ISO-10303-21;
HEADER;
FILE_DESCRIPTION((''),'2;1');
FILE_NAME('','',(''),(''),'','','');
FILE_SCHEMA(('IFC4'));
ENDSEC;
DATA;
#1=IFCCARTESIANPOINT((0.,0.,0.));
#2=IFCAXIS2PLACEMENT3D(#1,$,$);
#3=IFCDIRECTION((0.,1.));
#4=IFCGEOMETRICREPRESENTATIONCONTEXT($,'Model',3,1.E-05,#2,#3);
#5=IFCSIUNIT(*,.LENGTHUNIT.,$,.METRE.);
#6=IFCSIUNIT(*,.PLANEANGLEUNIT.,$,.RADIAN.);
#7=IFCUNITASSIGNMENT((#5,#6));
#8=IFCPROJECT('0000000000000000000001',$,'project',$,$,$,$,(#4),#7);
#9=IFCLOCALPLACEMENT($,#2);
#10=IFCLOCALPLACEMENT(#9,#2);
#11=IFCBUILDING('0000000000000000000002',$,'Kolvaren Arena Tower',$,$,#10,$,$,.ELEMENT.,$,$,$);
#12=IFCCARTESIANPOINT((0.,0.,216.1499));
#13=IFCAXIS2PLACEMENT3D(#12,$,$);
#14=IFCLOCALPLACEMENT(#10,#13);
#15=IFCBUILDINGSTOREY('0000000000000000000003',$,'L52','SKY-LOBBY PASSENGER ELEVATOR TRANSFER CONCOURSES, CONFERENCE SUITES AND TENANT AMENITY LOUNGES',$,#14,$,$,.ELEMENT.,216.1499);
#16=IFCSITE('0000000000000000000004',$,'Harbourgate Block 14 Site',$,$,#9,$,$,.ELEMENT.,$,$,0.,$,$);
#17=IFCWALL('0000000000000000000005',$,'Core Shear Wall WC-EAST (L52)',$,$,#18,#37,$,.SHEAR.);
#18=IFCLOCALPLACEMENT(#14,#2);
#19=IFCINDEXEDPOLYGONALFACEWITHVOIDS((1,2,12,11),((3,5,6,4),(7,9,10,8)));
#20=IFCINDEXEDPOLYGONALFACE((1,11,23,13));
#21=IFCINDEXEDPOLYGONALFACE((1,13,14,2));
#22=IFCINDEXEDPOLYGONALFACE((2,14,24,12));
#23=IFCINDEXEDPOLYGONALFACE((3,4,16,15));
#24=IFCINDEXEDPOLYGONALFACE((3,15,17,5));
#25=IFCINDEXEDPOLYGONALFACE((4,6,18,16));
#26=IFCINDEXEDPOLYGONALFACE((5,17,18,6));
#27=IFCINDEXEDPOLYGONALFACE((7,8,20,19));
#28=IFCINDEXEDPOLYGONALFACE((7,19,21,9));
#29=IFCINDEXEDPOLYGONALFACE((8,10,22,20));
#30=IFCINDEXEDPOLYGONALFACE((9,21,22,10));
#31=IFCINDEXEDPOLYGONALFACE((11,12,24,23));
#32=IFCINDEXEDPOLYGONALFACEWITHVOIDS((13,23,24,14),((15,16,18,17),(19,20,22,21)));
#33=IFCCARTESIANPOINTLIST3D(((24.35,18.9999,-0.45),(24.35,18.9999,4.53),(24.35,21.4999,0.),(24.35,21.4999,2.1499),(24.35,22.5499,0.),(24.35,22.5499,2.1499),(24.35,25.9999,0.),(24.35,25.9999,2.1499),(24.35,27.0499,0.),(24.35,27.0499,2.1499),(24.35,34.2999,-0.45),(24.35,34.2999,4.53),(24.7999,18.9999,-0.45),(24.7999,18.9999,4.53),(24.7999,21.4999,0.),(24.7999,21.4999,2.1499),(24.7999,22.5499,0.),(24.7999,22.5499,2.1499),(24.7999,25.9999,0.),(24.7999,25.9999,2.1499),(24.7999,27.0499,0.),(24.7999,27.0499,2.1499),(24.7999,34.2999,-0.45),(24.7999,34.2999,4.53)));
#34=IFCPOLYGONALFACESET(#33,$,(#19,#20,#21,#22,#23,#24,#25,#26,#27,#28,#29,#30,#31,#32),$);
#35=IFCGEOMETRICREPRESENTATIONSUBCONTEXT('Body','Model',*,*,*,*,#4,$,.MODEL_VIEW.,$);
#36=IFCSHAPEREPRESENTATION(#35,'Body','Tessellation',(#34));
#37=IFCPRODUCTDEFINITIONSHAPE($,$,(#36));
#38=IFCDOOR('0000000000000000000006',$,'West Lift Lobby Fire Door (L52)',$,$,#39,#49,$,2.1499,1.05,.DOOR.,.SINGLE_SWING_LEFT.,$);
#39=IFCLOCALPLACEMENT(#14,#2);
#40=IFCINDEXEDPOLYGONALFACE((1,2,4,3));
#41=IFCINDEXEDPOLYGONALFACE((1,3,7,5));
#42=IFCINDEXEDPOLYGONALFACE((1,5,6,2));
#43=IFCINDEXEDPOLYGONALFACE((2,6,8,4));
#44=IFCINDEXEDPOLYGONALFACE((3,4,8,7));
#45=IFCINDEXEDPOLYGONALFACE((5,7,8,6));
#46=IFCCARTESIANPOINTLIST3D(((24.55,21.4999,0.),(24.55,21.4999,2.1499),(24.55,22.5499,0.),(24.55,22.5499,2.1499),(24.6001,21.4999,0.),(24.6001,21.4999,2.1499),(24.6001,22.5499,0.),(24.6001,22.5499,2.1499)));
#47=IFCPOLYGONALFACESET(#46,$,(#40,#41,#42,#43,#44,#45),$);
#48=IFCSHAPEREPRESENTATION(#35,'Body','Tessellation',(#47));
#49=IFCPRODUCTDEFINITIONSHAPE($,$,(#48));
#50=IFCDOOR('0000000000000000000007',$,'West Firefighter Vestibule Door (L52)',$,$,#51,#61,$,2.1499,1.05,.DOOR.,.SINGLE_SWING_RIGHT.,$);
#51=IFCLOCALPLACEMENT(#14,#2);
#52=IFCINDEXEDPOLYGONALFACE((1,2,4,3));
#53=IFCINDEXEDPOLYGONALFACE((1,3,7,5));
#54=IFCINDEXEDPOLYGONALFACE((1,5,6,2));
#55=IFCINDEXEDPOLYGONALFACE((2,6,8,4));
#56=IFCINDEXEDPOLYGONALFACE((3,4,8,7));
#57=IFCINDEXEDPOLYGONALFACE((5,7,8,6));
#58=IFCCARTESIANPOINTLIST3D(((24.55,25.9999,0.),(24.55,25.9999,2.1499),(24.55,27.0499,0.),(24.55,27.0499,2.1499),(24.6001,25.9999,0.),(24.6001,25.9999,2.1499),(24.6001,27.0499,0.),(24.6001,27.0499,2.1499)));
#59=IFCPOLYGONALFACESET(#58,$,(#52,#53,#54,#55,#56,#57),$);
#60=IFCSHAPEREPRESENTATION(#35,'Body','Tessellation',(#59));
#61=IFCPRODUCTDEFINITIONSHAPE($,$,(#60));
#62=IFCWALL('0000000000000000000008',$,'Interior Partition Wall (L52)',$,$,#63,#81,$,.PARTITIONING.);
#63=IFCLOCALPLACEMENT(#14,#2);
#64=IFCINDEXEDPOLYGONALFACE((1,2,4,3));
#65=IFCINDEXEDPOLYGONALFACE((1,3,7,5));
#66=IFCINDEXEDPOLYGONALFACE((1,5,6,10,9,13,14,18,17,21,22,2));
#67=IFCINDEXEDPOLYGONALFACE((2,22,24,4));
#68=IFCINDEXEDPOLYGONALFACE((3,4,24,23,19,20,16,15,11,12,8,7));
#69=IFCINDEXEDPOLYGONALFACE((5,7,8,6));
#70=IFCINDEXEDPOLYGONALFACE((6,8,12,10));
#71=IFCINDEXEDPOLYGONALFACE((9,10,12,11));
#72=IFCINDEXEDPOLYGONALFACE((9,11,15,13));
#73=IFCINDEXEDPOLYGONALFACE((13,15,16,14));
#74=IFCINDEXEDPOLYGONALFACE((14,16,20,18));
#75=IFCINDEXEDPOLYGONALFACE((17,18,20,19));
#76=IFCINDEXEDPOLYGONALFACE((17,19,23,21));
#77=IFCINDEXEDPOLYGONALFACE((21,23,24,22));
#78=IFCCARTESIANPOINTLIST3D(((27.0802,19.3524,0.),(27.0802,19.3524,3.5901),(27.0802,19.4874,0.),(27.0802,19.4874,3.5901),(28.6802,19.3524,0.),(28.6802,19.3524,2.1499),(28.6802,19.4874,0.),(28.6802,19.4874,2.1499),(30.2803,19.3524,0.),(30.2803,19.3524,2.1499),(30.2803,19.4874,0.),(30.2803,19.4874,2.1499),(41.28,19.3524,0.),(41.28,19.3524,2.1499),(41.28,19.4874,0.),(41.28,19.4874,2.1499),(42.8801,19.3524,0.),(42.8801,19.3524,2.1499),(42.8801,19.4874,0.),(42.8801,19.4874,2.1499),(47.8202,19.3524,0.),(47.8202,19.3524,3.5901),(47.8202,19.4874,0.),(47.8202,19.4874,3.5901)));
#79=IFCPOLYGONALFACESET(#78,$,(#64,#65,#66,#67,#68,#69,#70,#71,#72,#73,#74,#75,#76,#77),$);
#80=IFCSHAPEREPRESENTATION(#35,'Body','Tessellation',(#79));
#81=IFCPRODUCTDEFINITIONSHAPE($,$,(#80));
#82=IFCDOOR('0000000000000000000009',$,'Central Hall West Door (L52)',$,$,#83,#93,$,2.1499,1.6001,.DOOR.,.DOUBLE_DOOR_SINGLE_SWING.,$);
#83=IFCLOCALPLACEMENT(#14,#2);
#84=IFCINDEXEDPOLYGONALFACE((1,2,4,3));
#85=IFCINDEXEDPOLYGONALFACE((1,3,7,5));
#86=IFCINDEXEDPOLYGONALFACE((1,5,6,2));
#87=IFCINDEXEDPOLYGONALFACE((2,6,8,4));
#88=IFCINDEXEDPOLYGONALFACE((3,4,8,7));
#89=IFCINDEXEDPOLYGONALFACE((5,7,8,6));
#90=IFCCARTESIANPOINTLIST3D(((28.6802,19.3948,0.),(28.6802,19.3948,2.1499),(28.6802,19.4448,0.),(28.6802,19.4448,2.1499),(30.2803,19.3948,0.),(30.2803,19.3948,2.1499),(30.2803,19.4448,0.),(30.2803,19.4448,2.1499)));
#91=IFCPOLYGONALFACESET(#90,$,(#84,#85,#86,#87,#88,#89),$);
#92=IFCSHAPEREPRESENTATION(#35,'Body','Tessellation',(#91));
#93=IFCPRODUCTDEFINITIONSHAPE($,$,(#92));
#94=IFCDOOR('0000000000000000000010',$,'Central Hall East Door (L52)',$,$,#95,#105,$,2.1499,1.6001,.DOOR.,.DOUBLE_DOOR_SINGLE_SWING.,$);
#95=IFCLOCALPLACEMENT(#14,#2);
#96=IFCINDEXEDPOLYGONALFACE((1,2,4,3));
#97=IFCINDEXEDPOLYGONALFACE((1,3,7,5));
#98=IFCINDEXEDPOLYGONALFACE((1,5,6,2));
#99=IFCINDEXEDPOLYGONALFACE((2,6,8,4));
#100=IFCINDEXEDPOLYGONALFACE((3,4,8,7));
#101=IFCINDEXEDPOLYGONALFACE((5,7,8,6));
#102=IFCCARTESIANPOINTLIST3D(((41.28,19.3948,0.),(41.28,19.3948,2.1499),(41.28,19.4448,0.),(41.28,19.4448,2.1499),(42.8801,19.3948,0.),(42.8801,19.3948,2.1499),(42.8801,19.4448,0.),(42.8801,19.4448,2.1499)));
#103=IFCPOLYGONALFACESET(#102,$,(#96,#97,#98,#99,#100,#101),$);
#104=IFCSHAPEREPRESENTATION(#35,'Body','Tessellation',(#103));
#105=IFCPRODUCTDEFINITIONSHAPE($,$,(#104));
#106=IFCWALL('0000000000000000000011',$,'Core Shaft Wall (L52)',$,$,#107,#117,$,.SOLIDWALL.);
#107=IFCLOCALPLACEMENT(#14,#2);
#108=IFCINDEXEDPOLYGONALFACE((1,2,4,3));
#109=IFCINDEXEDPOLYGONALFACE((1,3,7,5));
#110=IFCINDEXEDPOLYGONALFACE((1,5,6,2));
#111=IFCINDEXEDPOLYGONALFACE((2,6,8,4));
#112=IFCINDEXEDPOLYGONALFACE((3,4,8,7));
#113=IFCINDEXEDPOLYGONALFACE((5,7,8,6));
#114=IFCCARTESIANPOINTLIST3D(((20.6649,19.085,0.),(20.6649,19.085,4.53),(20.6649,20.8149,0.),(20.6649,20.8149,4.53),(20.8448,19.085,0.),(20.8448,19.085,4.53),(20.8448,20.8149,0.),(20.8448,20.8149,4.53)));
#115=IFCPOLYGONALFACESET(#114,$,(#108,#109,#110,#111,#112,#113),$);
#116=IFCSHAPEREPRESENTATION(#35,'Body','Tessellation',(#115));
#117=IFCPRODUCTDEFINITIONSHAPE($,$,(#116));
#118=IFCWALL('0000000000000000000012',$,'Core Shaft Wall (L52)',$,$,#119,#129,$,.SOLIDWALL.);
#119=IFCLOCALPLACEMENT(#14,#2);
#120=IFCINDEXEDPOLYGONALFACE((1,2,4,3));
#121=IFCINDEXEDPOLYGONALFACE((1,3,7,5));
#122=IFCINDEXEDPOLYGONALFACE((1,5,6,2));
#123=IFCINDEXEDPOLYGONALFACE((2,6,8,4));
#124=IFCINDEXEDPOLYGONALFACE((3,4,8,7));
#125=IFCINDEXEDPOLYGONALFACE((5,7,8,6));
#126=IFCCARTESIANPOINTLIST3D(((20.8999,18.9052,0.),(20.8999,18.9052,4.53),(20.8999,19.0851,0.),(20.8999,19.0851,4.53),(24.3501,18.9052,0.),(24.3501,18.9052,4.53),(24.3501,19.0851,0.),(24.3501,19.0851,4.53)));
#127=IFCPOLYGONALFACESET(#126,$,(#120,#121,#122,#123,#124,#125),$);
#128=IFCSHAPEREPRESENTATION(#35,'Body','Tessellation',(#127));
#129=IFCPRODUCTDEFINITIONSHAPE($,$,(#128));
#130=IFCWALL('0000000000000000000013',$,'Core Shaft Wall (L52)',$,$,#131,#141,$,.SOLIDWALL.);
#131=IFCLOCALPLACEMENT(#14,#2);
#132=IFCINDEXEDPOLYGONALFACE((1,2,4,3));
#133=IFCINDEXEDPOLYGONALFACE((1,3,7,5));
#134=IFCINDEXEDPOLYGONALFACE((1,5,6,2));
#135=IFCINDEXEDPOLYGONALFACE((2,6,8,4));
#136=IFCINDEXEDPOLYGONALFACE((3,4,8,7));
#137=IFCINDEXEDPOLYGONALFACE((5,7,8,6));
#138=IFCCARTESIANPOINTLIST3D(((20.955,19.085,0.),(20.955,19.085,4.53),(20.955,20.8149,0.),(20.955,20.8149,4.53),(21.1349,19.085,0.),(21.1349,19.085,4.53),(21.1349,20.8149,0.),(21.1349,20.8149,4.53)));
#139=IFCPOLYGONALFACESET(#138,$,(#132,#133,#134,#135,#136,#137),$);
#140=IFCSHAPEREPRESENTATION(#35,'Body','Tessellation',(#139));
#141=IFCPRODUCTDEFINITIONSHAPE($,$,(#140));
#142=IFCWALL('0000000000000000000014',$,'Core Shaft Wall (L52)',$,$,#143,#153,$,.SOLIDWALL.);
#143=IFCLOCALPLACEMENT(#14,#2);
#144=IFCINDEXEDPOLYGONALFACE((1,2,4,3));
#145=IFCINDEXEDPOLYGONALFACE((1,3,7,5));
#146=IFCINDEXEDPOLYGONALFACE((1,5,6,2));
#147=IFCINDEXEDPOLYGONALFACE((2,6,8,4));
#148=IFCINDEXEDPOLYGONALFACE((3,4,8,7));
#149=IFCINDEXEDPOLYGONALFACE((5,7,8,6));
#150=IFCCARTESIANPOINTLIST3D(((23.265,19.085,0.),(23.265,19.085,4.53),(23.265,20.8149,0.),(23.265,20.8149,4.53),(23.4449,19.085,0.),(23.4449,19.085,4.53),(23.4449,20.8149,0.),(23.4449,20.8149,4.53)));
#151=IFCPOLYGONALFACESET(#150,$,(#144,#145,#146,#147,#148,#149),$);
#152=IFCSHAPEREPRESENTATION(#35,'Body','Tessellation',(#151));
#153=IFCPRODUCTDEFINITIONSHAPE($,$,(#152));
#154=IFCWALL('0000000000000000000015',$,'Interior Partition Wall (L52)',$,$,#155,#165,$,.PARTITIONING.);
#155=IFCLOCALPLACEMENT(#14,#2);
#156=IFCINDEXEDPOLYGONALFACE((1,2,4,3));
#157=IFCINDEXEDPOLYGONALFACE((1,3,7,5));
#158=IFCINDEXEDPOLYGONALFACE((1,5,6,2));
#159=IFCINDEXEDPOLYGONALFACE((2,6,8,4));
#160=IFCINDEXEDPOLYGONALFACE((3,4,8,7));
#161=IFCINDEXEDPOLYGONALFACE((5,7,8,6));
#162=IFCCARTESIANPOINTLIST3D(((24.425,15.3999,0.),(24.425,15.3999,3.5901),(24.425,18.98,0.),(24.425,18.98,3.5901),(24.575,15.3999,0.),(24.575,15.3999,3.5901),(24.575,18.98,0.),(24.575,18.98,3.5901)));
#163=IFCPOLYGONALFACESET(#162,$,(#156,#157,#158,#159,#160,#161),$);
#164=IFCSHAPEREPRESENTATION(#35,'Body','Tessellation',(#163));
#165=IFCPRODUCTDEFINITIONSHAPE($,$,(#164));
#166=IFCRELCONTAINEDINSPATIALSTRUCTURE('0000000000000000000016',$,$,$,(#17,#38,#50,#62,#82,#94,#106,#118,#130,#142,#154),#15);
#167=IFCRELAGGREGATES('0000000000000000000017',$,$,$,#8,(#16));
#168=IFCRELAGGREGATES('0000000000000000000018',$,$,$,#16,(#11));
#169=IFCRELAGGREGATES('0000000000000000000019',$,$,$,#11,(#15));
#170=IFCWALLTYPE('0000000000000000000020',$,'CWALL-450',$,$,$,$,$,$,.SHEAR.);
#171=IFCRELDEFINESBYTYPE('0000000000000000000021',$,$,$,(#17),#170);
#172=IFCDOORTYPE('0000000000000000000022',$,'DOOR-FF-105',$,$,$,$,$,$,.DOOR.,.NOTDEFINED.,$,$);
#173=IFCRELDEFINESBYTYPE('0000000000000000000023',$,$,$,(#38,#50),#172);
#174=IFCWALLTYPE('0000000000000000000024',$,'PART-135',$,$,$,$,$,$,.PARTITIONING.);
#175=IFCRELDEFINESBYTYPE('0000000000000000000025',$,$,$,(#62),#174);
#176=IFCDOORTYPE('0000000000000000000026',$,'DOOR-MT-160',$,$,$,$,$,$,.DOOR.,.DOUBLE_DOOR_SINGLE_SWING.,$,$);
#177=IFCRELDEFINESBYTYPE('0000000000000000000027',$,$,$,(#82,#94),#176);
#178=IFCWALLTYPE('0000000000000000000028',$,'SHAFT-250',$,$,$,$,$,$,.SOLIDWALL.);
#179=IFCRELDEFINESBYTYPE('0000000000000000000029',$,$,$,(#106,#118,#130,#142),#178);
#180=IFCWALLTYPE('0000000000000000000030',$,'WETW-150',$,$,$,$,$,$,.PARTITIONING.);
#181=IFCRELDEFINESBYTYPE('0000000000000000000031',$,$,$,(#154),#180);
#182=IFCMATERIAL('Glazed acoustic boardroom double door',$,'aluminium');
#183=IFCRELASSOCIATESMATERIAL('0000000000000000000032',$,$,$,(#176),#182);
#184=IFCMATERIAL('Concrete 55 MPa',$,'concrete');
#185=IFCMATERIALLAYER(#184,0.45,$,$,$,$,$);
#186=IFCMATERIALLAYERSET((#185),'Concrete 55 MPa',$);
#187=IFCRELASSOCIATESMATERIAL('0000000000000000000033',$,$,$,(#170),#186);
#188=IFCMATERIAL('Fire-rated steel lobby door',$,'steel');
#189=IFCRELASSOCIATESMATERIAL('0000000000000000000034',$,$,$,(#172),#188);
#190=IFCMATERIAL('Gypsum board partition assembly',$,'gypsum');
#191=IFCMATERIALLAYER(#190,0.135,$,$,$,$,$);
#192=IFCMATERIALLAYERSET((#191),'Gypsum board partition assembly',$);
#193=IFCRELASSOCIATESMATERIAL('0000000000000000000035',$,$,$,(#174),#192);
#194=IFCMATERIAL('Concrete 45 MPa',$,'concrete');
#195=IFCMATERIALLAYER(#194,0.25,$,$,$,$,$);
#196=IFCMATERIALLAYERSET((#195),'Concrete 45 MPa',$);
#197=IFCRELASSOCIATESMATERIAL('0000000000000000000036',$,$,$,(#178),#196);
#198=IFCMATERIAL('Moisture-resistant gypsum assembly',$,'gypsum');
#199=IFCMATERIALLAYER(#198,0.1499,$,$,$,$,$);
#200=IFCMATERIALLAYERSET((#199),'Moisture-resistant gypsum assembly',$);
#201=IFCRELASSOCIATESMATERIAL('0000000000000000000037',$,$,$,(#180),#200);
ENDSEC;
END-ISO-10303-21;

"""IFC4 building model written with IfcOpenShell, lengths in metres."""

from ifc_helpers import new_model, si_unit, direction, frame, frame_2d, origin, place, context, subcontext, project, spatial, rectangle, extrude, material, layer, layer_set, type_object, element, fill, save


model = new_model("IFC4")

# Units and contexts
model_context = context("Model", 3, precision=1e-05, world=origin(), true_north=direction((0.0, 1.0)))
body_context = subcontext(model_context, "Body", "Model", "MODEL_VIEW")
ifc_project = project(units=[si_unit("LENGTHUNIT", "METRE"), si_unit("PLANEANGLEUNIT", "RADIAN")], contexts=[model_context])

# Site, building, storey
site_placement = place(None, origin())
site = spatial("IfcSite", under=ifc_project, at=site_placement, Name="Harbourgate Block 14 Site", CompositionType="ELEMENT", RefElevation=0.0)
building_placement = place(site_placement, origin())
building = spatial("IfcBuilding", under=site, at=building_placement, Name="Kolvaren Arena Tower", CompositionType="ELEMENT")
storey_placement = place(building_placement, frame((0.0, 0.0, 216.1499)))
storey = spatial("IfcBuildingStorey", under=building, at=storey_placement, Name="L52", Description="SKY-LOBBY PASSENGER ELEVATOR TRANSFER CONCOURSES, CONFERENCE SUITES AND TENANT AMENITY LOUNGES", CompositionType="ELEMENT", Elevation=216.1499)

# Shared definitions
ifc_material_1 = material(Name="Glazed acoustic boardroom double door", Category="aluminium")
door_type_1 = type_object("IfcDoorType", Name="DOOR-MT-160", OperationType="DOUBLE_DOOR_SINGLE_SWING", PredefinedType="DOOR", material=ifc_material_1)

# Walls, openings, doors
ifc_material_2 = material(Name="Concrete 55 MPa", Category="concrete")
ifc_layer_1 = layer(ifc_material_2, 0.45)
ifc_layer_set_1 = layer_set([ifc_layer_1], Name="Concrete 55 MPa")
wall_type_1 = type_object("IfcWallType", Name="CWALL-450", PredefinedType="SHEAR", material=ifc_layer_set_1)
wall_1_placement = place(storey_placement, frame((24.575, 19.0, -0.45), z_axis=(0.0, 0.0, 1.0), x_axis=(0.0, 1.0, 0.0)))
wall_1 = element("IfcWall", 1, at=wall_1_placement, inside=storey, type_object=wall_type_1, Name="Core Shear Wall WC-EAST (L52)", PredefinedType="SHEAR", context=body_context, shape_type="SweptSolid", body=[
    extrude(rectangle(XDim=15.3, YDim=0.45, at=frame_2d((7.6499, 0.0))), origin(), (0.0, 0.0, 1.0), 4.98),
])
opening_1_placement = place(wall_1_placement, frame((2.5, 0.0, 0.45)))
opening_1 = element("IfcOpeningElement", 2, at=opening_1_placement, cuts=wall_1, PredefinedType="OPENING", context=body_context, shape_type="SweptSolid", body=[
    extrude(rectangle(XDim=1.05, YDim=2.1499, at=frame_2d((0.5249, 1.075))), frame((0.0, 0.2349, 0.0), z_axis=(0.0, -1.0, 0.0), x_axis=(1.0, 0.0, 0.0)), (0.0, 0.0, 1.0), 0.47),
])
opening_2_placement = place(wall_1_placement, frame((7.0, 0.0, 0.45)))
opening_2 = element("IfcOpeningElement", 3, at=opening_2_placement, cuts=wall_1, PredefinedType="OPENING", context=body_context, shape_type="SweptSolid", body=[
    extrude(rectangle(XDim=1.05, YDim=2.1499, at=frame_2d((0.5249, 1.075))), frame((0.0, 0.2349, 0.0), z_axis=(0.0, -1.0, 0.0), x_axis=(1.0, 0.0, 0.0)), (0.0, 0.0, 1.0), 0.47),
])
ifc_material_3 = material(Name="Fire-rated steel lobby door", Category="steel")
door_type_2 = type_object("IfcDoorType", Name="DOOR-FF-105", OperationType="NOTDEFINED", PredefinedType="DOOR", material=ifc_material_3)
door_1_placement = place(opening_1_placement, origin())
door_1 = element("IfcDoor", 4, at=door_1_placement, inside=storey, type_object=door_type_2, Name="West Lift Lobby Fire Door (L52)", OperationType="SINGLE_SWING_LEFT", OverallHeight=2.1499, OverallWidth=1.05, PredefinedType="DOOR", context=body_context, shape_type="SweptSolid", body=[
    extrude(rectangle(XDim=1.05, YDim=2.1499, at=frame_2d((0.5249, 1.075))), frame((0.0, 0.0249, 0.0), z_axis=(0.0, -1.0, 0.0), x_axis=(1.0, 0.0, 0.0)), (0.0, 0.0, 1.0), 0.05),
])
fill(opening_1, door_1)
door_2_placement = place(opening_2_placement, origin())
door_2 = element("IfcDoor", 5, at=door_2_placement, inside=storey, type_object=door_type_2, Name="West Firefighter Vestibule Door (L52)", OperationType="SINGLE_SWING_RIGHT", OverallHeight=2.1499, OverallWidth=1.05, PredefinedType="DOOR", context=body_context, shape_type="SweptSolid", body=[
    extrude(rectangle(XDim=1.05, YDim=2.1499, at=frame_2d((0.5249, 1.075))), frame((0.0, 0.0249, 0.0), z_axis=(0.0, -1.0, 0.0), x_axis=(1.0, 0.0, 0.0)), (0.0, 0.0, 1.0), 0.05),
])
fill(opening_2, door_2)
ifc_material_4 = material(Name="Gypsum board partition assembly", Category="gypsum")
ifc_layer_2 = layer(ifc_material_4, 0.135)
ifc_layer_set_2 = layer_set([ifc_layer_2], Name="Gypsum board partition assembly")
wall_type_2 = type_object("IfcWallType", Name="PART-135", PredefinedType="PARTITIONING", material=ifc_layer_set_2)
wall_2_placement = place(storey_placement, frame((27.0801, 19.4199, 0.0), z_axis=(0.0, 0.0, 1.0), x_axis=(1.0, 0.0, 0.0)))
wall_2 = element("IfcWall", 6, at=wall_2_placement, inside=storey, type_object=wall_type_2, Name="Interior Partition Wall (L52)", PredefinedType="PARTITIONING", context=body_context, shape_type="SweptSolid", body=[
    extrude(rectangle(XDim=20.74, YDim=0.135, at=frame_2d((10.3701, 0.0))), origin(), (0.0, 0.0, 1.0), 3.5901),
])
opening_3_placement = place(wall_2_placement, frame((1.6001, 0.0, 0.0)))
opening_3 = element("IfcOpeningElement", 7, at=opening_3_placement, cuts=wall_2, PredefinedType="OPENING", context=body_context, shape_type="SweptSolid", body=[
    extrude(rectangle(XDim=1.6001, YDim=2.1499, at=frame_2d((0.8, 1.075))), frame((0.0, 0.0774, 0.0), z_axis=(0.0, -1.0, 0.0), x_axis=(1.0, 0.0, 0.0)), (0.0, 0.0, 1.0), 0.155),
])
opening_4_placement = place(wall_2_placement, frame((14.2, 0.0, 0.0)))
opening_4 = element("IfcOpeningElement", 8, at=opening_4_placement, cuts=wall_2, PredefinedType="OPENING", context=body_context, shape_type="SweptSolid", body=[
    extrude(rectangle(XDim=1.6001, YDim=2.1499, at=frame_2d((0.8, 1.075))), frame((0.0, 0.0774, 0.0), z_axis=(0.0, -1.0, 0.0), x_axis=(1.0, 0.0, 0.0)), (0.0, 0.0, 1.0), 0.155),
])
door_3_placement = place(opening_3_placement, origin())
door_3 = element("IfcDoor", 9, at=door_3_placement, inside=storey, type_object=door_type_1, Name="Central Hall West Door (L52)", OperationType="DOUBLE_DOOR_SINGLE_SWING", OverallHeight=2.1499, OverallWidth=1.6001, PredefinedType="DOOR", context=body_context, shape_type="SweptSolid", body=[
    extrude(rectangle(XDim=1.6001, YDim=2.1499, at=frame_2d((0.8, 1.075))), frame((0.0, 0.0249, 0.0), z_axis=(0.0, -1.0, 0.0), x_axis=(1.0, 0.0, 0.0)), (0.0, 0.0, 1.0), 0.05),
])
fill(opening_3, door_3)
door_4_placement = place(opening_4_placement, origin())
door_4 = element("IfcDoor", 10, at=door_4_placement, inside=storey, type_object=door_type_1, Name="Central Hall East Door (L52)", OperationType="DOUBLE_DOOR_SINGLE_SWING", OverallHeight=2.1499, OverallWidth=1.6001, PredefinedType="DOOR", context=body_context, shape_type="SweptSolid", body=[
    extrude(rectangle(XDim=1.6001, YDim=2.1499, at=frame_2d((0.8, 1.075))), frame((0.0, 0.0249, 0.0), z_axis=(0.0, -1.0, 0.0), x_axis=(1.0, 0.0, 0.0)), (0.0, 0.0, 1.0), 0.05),
])
fill(opening_4, door_4)

# Walls
ifc_material_5 = material(Name="Concrete 45 MPa", Category="concrete")
ifc_layer_3 = layer(ifc_material_5, 0.25)
ifc_layer_set_3 = layer_set([ifc_layer_3], Name="Concrete 45 MPa")
wall_type_3 = type_object("IfcWallType", Name="SHAFT-250", PredefinedType="SOLIDWALL", material=ifc_layer_set_3)
wall_3_placement = place(storey_placement, frame((20.7549, 19.085, 0.0), z_axis=(0.0, 0.0, 1.0), x_axis=(0.0, 1.0, 0.0)))
element("IfcWall", 11, at=wall_3_placement, inside=storey, type_object=wall_type_3, Name="Core Shaft Wall (L52)", PredefinedType="SOLIDWALL", context=body_context, shape_type="SweptSolid", body=[
    extrude(rectangle(XDim=1.73, YDim=0.1799, at=frame_2d((0.865, 0.0))), origin(), (0.0, 0.0, 1.0), 4.53),
])
wall_4_placement = place(storey_placement, frame((20.8999, 18.9951, 0.0), z_axis=(0.0, 0.0, 1.0), x_axis=(1.0, 0.0, 0.0)))
element("IfcWall", 12, at=wall_4_placement, inside=storey, type_object=wall_type_3, Name="Core Shaft Wall (L52)", PredefinedType="SOLIDWALL", context=body_context, shape_type="SweptSolid", body=[
    extrude(rectangle(XDim=3.4502, YDim=0.1799, at=frame_2d((1.7251, 0.0))), origin(), (0.0, 0.0, 1.0), 4.53),
])
for number, where, z_axis, x_axis, name in (
    (13, (21.0449, 19.085, 0.0), (0.0, 0.0, 1.0), (0.0, 1.0, 0.0), "Core Shaft Wall (L52)"),
    (14, (23.355, 19.085, 0.0), (0.0, 0.0, 1.0), (0.0, 1.0, 0.0), "Core Shaft Wall (L52)"),
):
    element("IfcWall", number, at=place(storey_placement, frame(where, z_axis=z_axis, x_axis=x_axis)), inside=storey, type_object=wall_type_3, Name=name, PredefinedType="SOLIDWALL", context=body_context, shape_type="SweptSolid", body=[
        extrude(rectangle(XDim=1.73, YDim=0.1799, at=frame_2d((0.865, 0.0))), origin(), (0.0, 0.0, 1.0), 4.53),
    ])
ifc_material_6 = material(Name="Moisture-resistant gypsum assembly", Category="gypsum")
ifc_layer_4 = layer(ifc_material_6, 0.1499)
ifc_layer_set_4 = layer_set([ifc_layer_4], Name="Moisture-resistant gypsum assembly")
wall_type_4 = type_object("IfcWallType", Name="WETW-150", PredefinedType="PARTITIONING", material=ifc_layer_set_4)
wall_5_placement = place(storey_placement, frame((24.5, 15.3999, 0.0), z_axis=(0.0, 0.0, 1.0), x_axis=(0.0, 1.0, 0.0)))
element("IfcWall", 15, at=wall_5_placement, inside=storey, type_object=wall_type_4, Name="Interior Partition Wall (L52)", PredefinedType="PARTITIONING", context=body_context, shape_type="SweptSolid", body=[
    extrude(rectangle(XDim=3.5801, YDim=0.1499, at=frame_2d((1.79, 0.0))), origin(), (0.0, 0.0, 1.0), 3.5901),
])

save(model, "model.ifc")
